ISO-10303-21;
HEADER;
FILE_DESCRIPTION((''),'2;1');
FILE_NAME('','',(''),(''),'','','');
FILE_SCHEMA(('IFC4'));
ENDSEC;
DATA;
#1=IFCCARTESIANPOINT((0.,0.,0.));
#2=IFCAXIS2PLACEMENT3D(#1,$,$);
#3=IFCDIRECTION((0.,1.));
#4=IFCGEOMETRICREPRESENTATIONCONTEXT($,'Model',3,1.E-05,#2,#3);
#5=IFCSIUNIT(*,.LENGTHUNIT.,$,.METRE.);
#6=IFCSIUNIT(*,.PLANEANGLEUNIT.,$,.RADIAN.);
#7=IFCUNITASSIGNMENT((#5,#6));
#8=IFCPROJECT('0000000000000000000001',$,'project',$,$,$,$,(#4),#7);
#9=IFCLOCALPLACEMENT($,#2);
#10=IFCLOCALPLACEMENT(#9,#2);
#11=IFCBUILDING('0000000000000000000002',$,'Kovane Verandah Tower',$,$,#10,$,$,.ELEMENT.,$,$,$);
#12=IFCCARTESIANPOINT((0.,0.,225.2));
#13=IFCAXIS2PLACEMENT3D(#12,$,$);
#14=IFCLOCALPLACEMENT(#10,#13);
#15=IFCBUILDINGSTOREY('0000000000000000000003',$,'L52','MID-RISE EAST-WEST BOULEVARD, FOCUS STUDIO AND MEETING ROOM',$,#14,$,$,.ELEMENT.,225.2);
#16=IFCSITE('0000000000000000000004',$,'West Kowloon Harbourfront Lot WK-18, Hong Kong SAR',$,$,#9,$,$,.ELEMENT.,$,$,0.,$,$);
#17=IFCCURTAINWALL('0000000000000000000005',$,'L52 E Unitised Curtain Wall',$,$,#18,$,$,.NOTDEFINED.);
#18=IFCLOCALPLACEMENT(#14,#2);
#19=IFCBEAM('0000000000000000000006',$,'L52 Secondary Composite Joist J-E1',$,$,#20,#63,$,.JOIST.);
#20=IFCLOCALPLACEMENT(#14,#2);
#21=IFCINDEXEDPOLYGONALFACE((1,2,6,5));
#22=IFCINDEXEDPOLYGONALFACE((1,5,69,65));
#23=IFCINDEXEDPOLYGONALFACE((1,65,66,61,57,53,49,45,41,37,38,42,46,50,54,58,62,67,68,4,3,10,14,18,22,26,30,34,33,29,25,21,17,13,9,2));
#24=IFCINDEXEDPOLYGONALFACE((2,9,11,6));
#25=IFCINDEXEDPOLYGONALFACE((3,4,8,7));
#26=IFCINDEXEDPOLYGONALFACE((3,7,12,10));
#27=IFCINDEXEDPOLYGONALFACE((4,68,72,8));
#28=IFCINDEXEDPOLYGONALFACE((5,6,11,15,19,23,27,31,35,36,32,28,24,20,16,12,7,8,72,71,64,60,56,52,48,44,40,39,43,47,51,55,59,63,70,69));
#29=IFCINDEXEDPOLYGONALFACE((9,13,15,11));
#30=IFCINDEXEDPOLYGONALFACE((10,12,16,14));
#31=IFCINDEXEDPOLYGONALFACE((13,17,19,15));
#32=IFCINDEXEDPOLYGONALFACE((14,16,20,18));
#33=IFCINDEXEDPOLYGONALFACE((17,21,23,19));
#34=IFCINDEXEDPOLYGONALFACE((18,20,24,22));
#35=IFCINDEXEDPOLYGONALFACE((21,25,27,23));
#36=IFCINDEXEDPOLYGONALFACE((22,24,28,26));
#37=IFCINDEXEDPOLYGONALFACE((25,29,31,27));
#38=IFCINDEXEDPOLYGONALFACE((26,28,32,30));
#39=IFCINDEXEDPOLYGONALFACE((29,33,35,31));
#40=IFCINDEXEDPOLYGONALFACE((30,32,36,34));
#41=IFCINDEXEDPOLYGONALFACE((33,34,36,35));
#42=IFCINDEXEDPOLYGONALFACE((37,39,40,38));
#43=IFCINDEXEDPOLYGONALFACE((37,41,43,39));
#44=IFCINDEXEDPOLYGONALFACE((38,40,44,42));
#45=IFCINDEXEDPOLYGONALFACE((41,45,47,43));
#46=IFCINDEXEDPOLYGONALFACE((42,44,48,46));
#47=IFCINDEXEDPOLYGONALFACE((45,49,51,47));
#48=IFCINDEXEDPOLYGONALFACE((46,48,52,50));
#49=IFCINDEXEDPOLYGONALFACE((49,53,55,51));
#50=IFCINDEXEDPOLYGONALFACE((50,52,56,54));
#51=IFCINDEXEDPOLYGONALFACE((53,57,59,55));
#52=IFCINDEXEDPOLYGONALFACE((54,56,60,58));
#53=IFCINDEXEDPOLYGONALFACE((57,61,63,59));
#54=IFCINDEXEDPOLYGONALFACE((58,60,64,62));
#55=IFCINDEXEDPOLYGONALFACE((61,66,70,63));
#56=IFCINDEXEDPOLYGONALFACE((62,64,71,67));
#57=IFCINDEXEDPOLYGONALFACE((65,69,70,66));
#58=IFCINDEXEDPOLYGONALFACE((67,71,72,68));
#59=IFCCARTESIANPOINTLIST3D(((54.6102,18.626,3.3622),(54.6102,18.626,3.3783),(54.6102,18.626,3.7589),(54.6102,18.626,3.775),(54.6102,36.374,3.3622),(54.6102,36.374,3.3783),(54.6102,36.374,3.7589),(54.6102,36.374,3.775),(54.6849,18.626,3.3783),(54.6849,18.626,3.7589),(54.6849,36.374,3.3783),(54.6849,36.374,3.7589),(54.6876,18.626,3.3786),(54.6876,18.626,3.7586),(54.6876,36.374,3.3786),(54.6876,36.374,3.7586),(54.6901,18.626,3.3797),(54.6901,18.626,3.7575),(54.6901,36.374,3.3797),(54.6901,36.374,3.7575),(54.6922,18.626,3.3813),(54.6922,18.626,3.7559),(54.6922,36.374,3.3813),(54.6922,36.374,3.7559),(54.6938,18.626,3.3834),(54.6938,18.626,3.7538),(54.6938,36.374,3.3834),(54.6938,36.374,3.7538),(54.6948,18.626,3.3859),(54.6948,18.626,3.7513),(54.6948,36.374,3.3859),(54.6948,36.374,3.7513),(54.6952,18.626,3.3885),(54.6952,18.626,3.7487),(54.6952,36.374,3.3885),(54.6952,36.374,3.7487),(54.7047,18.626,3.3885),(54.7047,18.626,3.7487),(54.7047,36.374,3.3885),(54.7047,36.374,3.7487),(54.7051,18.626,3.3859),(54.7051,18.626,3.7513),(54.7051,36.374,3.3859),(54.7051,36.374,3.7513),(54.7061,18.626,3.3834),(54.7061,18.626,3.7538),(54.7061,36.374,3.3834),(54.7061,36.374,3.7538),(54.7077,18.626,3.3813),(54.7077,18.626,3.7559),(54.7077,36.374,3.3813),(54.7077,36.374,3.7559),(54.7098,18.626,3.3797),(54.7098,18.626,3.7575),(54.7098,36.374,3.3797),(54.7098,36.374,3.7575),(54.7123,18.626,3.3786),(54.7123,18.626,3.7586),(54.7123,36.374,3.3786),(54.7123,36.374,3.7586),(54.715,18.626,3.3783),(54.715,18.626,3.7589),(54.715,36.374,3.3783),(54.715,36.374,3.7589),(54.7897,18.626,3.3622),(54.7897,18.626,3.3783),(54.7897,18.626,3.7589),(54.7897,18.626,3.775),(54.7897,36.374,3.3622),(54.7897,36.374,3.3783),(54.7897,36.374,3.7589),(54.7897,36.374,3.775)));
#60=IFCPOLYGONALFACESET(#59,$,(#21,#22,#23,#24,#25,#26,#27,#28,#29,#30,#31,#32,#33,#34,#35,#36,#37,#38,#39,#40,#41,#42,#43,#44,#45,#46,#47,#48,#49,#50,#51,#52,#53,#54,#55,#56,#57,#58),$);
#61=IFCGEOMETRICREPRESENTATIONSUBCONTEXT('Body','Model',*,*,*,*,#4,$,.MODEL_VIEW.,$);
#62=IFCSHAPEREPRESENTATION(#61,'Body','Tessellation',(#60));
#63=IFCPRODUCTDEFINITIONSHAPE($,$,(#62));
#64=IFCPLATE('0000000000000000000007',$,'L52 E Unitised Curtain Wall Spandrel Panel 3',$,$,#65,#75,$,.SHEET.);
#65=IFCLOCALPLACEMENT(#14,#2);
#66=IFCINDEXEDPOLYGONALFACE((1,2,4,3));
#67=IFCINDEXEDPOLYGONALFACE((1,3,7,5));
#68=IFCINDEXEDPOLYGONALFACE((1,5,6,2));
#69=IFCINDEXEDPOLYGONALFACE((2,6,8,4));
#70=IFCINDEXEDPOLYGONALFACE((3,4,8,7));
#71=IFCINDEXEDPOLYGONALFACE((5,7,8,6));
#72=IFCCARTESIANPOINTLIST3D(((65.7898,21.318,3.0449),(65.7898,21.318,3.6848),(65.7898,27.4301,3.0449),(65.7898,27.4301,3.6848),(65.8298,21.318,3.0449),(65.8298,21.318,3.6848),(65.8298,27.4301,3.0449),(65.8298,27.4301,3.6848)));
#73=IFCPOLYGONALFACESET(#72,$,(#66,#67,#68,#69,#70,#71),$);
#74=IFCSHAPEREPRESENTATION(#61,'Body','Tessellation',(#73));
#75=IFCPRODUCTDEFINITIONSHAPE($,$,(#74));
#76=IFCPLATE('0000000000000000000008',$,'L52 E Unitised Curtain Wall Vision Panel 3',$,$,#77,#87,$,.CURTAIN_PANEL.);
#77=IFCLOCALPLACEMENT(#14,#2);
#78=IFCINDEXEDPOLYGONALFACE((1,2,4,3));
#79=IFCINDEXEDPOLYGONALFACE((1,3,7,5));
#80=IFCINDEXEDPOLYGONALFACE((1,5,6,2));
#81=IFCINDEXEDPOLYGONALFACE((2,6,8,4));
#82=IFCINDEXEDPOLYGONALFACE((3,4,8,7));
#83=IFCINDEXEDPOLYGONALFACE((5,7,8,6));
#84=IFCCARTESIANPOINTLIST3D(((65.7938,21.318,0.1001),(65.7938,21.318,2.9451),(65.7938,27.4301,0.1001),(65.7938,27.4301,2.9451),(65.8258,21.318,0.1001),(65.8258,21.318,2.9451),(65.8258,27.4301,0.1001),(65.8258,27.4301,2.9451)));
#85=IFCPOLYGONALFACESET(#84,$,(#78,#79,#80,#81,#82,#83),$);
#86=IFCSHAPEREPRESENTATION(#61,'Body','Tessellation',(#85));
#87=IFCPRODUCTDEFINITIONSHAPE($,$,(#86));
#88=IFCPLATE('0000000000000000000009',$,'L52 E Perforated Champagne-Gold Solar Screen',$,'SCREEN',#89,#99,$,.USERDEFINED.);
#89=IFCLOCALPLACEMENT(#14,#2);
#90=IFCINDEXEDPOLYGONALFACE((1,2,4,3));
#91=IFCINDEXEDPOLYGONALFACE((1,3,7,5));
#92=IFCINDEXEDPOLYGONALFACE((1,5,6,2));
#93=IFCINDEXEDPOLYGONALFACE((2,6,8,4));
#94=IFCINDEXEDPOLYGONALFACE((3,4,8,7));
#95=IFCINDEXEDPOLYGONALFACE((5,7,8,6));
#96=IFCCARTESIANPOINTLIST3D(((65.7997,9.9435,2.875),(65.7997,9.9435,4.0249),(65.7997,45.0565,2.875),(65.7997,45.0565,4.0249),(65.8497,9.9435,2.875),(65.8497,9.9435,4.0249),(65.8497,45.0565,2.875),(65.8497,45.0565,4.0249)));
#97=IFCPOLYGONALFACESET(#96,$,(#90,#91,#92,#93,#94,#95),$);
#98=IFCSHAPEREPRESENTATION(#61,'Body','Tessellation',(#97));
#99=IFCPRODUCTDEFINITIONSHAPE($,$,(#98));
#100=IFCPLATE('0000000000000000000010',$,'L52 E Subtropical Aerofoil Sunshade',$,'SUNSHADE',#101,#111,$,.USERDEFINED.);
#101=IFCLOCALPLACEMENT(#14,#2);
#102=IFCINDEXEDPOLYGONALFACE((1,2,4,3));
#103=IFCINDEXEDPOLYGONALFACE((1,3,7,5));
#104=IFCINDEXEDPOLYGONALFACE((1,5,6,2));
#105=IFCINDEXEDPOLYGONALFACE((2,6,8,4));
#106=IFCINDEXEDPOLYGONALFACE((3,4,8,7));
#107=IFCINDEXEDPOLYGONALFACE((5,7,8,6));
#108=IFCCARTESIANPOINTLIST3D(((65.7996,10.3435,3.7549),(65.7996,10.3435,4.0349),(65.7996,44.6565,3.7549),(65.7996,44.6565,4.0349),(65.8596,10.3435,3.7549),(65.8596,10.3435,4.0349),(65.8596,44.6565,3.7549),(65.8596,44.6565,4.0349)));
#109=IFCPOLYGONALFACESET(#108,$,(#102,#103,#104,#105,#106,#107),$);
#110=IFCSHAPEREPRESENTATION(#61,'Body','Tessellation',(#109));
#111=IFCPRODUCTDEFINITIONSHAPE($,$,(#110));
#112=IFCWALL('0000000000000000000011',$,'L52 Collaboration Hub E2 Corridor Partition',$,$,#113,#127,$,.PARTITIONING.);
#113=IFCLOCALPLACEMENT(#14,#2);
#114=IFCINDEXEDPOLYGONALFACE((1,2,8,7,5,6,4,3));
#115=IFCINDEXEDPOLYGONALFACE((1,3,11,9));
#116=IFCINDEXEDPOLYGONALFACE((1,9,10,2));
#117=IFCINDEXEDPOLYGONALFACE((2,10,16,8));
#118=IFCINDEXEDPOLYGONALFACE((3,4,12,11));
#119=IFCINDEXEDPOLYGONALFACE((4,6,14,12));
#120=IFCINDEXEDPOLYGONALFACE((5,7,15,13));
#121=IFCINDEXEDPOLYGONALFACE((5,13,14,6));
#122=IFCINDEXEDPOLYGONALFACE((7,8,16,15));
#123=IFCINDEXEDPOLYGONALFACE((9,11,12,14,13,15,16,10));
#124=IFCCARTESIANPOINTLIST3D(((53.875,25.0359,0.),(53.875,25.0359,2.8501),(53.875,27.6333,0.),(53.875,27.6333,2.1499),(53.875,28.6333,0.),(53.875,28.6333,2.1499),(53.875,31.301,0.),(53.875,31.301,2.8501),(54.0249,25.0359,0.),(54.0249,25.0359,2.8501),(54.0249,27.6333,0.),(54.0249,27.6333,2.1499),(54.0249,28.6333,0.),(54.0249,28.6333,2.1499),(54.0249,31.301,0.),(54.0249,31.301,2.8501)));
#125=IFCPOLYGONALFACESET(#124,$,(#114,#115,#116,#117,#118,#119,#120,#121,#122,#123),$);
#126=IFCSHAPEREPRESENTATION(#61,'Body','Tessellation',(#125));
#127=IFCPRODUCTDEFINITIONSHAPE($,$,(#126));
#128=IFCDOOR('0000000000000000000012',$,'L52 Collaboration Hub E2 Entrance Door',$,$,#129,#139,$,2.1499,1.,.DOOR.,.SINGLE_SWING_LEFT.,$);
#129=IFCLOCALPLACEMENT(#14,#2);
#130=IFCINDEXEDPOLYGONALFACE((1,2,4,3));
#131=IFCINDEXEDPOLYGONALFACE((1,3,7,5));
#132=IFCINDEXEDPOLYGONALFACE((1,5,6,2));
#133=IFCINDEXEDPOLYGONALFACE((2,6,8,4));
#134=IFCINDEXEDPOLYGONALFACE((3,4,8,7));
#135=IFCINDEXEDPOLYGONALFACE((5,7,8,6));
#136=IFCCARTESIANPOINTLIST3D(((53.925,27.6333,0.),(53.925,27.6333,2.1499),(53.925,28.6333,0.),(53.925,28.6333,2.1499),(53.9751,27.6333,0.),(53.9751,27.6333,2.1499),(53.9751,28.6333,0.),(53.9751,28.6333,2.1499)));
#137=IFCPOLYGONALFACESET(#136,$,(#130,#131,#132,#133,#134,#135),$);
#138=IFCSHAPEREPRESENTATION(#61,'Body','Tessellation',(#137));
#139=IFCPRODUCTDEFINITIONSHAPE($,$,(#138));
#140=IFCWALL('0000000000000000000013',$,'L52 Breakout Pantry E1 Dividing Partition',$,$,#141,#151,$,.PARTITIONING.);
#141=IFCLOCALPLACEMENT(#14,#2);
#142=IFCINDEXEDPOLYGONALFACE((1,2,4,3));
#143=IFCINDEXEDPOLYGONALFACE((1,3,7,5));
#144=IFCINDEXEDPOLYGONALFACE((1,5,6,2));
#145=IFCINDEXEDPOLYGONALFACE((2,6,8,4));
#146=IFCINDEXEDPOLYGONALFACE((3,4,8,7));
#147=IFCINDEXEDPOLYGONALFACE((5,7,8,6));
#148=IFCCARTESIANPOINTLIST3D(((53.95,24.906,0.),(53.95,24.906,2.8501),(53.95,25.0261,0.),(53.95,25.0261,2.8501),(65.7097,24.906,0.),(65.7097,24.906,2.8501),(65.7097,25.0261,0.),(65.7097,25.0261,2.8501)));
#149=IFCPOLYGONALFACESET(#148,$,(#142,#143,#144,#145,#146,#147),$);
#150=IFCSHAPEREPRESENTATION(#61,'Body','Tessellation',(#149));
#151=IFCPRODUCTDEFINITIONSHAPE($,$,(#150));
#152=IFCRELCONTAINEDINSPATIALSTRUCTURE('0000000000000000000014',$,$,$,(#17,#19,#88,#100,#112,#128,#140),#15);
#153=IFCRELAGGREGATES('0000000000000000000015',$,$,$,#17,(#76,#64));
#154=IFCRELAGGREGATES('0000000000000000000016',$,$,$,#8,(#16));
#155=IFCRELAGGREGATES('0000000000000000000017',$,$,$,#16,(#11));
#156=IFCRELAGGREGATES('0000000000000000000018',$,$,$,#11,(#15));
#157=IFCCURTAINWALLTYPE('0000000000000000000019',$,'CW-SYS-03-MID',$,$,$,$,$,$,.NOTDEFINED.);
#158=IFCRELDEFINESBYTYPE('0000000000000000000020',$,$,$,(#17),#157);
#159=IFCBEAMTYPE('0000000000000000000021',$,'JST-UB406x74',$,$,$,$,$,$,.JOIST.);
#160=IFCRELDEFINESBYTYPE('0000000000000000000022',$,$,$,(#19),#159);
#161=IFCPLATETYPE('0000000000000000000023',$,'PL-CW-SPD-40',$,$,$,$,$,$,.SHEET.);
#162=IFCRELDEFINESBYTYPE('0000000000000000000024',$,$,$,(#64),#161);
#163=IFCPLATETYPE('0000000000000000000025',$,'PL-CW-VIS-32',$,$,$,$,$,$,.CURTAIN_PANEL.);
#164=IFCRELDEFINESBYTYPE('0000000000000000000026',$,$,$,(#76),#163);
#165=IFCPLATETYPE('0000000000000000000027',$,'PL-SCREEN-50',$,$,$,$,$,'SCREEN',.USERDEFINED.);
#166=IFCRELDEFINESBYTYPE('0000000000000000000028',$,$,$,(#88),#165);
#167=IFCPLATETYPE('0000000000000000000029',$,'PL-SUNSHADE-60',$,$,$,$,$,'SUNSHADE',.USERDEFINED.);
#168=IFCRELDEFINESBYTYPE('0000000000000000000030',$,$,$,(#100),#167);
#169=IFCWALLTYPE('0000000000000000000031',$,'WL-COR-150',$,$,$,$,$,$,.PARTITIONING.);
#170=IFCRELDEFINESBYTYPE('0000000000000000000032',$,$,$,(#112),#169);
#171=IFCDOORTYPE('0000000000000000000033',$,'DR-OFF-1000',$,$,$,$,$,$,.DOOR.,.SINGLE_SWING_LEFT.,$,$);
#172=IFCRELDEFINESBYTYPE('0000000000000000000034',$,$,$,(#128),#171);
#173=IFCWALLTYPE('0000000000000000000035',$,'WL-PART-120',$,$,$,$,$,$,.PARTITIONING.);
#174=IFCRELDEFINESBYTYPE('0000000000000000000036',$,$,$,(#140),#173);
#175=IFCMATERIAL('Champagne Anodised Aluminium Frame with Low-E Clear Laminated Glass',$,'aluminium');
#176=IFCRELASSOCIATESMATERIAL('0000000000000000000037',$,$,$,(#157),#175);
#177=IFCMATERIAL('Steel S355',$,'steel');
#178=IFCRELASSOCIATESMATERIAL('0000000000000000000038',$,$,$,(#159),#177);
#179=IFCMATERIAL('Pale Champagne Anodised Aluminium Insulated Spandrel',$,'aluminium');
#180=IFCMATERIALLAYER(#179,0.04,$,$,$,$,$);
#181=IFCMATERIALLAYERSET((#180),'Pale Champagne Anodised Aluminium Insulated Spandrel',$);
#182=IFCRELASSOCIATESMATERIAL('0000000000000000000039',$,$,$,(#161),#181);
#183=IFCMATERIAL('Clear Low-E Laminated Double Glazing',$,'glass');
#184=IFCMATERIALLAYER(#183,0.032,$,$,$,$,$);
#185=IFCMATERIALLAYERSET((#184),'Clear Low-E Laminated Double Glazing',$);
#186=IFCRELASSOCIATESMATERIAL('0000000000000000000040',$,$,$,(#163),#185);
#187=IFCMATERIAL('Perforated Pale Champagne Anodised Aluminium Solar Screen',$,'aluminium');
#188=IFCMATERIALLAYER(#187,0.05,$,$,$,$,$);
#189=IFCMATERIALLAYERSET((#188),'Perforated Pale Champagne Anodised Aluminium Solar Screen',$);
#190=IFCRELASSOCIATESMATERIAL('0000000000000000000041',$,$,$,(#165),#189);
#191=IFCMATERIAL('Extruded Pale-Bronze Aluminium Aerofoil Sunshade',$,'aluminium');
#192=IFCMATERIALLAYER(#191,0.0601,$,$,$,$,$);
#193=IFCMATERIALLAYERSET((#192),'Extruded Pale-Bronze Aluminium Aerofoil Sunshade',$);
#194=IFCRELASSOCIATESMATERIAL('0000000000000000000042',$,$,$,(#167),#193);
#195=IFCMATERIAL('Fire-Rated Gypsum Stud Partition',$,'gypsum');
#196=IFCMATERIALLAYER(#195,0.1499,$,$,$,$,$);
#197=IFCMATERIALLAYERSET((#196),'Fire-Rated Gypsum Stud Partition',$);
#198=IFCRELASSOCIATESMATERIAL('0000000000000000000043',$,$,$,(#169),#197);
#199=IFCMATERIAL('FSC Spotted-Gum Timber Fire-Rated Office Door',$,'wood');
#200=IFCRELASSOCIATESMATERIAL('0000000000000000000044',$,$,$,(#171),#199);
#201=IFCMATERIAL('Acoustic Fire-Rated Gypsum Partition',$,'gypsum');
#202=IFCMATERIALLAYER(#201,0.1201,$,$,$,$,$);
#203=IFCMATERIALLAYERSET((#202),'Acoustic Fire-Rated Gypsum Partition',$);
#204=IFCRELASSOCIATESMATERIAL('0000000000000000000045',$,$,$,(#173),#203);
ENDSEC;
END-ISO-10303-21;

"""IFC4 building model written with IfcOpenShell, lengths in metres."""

from ifc_helpers import new_model, si_unit, direction, frame, frame_2d, origin, origin_2d, place, context, subcontext, project, spatial, rectangle, i_section, extrude, material, layer, layer_set, material_profile, profile_set, type_object, element, fill, aggregate, save


model = new_model("IFC4")

# Units and contexts
model_context = context("Model", 3, precision=1e-05, world=origin(), true_north=direction((0.0, 1.0)))
body_context = subcontext(model_context, "Body", "Model", "MODEL_VIEW")
ifc_project = project(units=[si_unit("LENGTHUNIT", "METRE"), si_unit("PLANEANGLEUNIT", "RADIAN")], contexts=[model_context])

# Site, building, storey
site_placement = place(None, origin())
site = spatial("IfcSite", under=ifc_project, at=site_placement, Name="West Kowloon Harbourfront Lot WK-18, Hong Kong SAR", CompositionType="ELEMENT", RefElevation=0.0)
building_placement = place(site_placement, origin())
building = spatial("IfcBuilding", under=site, at=building_placement, Name="Kovane Verandah Tower", CompositionType="ELEMENT")
storey_placement = place(building_placement, frame((0.0, 0.0, 225.2)))
storey = spatial("IfcBuildingStorey", under=building, at=storey_placement, Name="L52", Description="MID-RISE EAST-WEST BOULEVARD, FOCUS STUDIO AND MEETING ROOM", CompositionType="ELEMENT", Elevation=225.2)

# Shared definitions
ifc_material_1 = material(Name="Steel S355", Category="steel")

# Curtain wall
ifc_material_2 = material(Name="Champagne Anodised Aluminium Frame with Low-E Clear Laminated Glass", Category="aluminium")
curtain_wall_type = type_object("IfcCurtainWallType", Name="CW-SYS-03-MID", PredefinedType="NOTDEFINED", material=ifc_material_2)
curtain_wall_placement = place(storey_placement, origin())
curtain_wall = element("IfcCurtainWall", 1, at=curtain_wall_placement, inside=storey, type_object=curtain_wall_type, Name="L52 E Unitised Curtain Wall", PredefinedType="NOTDEFINED")

# Beam
ifc_material_profile_1 = material_profile(ifc_material_1, i_section(OverallWidth=0.1794, OverallDepth=0.4128, WebThickness=0.0095, FlangeThickness=0.0161, FilletRadius=0.0103, at=origin_2d()), Name="UB406x178x74")
ifc_profile_set_1 = profile_set([ifc_material_profile_1], Name="Steel S355")
beam_type_1 = type_object("IfcBeamType", Name="JST-UB406x74", PredefinedType="JOIST", material=ifc_profile_set_1)
beam_1_placement = place(storey_placement, frame((54.7, 18.626, 3.5686), z_axis=(0.0, 1.0, 0.0), x_axis=(-1.0, 0.0, 0.0)))
element("IfcBeam", 2, at=beam_1_placement, inside=storey, type_object=beam_type_1, Name="L52 Secondary Composite Joist J-E1", PredefinedType="JOIST", context=body_context, shape_type="SweptSolid", body=[
    extrude(i_section(OverallWidth=0.1794, OverallDepth=0.4128, WebThickness=0.0095, FlangeThickness=0.0161, FilletRadius=0.0103, at=origin_2d()), origin(), (0.0, 0.0, 1.0), 17.748),
])

# Plates
ifc_material_3 = material(Name="Pale Champagne Anodised Aluminium Insulated Spandrel", Category="aluminium")
ifc_layer_1 = layer(ifc_material_3, 0.04)
ifc_layer_set_1 = layer_set([ifc_layer_1], Name="Pale Champagne Anodised Aluminium Insulated Spandrel")
plate_type_1 = type_object("IfcPlateType", Name="PL-CW-SPD-40", PredefinedType="SHEET", material=ifc_layer_set_1)
plate_1_placement = place(storey_placement, frame((65.8098, 24.374, 3.0449), z_axis=(0.0, 0.0, 1.0), x_axis=(0.0, 1.0, 0.0)))
plate_1 = element("IfcPlate", 3, at=plate_1_placement, type_object=plate_type_1, Name="L52 E Unitised Curtain Wall Spandrel Panel 3", PredefinedType="SHEET", context=body_context, shape_type="SweptSolid", body=[
    extrude(rectangle(XDim=6.1121, YDim=0.04, at=origin_2d()), origin(), (0.0, 0.0, 1.0), 0.6399),
])
ifc_material_4 = material(Name="Clear Low-E Laminated Double Glazing", Category="glass")
ifc_layer_2 = layer(ifc_material_4, 0.032)
ifc_layer_set_2 = layer_set([ifc_layer_2], Name="Clear Low-E Laminated Double Glazing")
plate_type_2 = type_object("IfcPlateType", Name="PL-CW-VIS-32", PredefinedType="CURTAIN_PANEL", material=ifc_layer_set_2)
plate_2_placement = place(storey_placement, frame((65.8098, 24.374, 0.1001), z_axis=(0.0, 0.0, 1.0), x_axis=(0.0, 1.0, 0.0)))
plate_2 = element("IfcPlate", 4, at=plate_2_placement, type_object=plate_type_2, Name="L52 E Unitised Curtain Wall Vision Panel 3", PredefinedType="CURTAIN_PANEL", context=body_context, shape_type="SweptSolid", body=[
    extrude(rectangle(XDim=6.1121, YDim=0.032, at=origin_2d()), origin(), (0.0, 0.0, 1.0), 2.845),
])
aggregate(curtain_wall, [plate_2, plate_1])

# Plates
ifc_material_5 = material(Name="Perforated Pale Champagne Anodised Aluminium Solar Screen", Category="aluminium")
ifc_layer_3 = layer(ifc_material_5, 0.05)
ifc_layer_set_3 = layer_set([ifc_layer_3], Name="Perforated Pale Champagne Anodised Aluminium Solar Screen")
plate_type_3 = type_object("IfcPlateType", Name="PL-SCREEN-50", ElementType="SCREEN", PredefinedType="USERDEFINED", material=ifc_layer_set_3)
plate_3_placement = place(storey_placement, frame((65.8247, 27.5, 2.875), z_axis=(0.0, 0.0, 1.0), x_axis=(0.0, 1.0, 0.0)))
element("IfcPlate", 5, at=plate_3_placement, inside=storey, type_object=plate_type_3, Name="L52 E Perforated Champagne-Gold Solar Screen", ObjectType="SCREEN", PredefinedType="USERDEFINED", context=body_context, shape_type="SweptSolid", body=[
    extrude(rectangle(XDim=35.113, YDim=0.05, at=origin_2d()), origin(), (0.0, 0.0, 1.0), 1.1499),
])
ifc_material_6 = material(Name="Extruded Pale-Bronze Aluminium Aerofoil Sunshade", Category="aluminium")
ifc_layer_4 = layer(ifc_material_6, 0.0601)
ifc_layer_set_4 = layer_set([ifc_layer_4], Name="Extruded Pale-Bronze Aluminium Aerofoil Sunshade")
plate_type_4 = type_object("IfcPlateType", Name="PL-SUNSHADE-60", ElementType="SUNSHADE", PredefinedType="USERDEFINED", material=ifc_layer_set_4)
plate_4_placement = place(storey_placement, frame((65.8296, 27.5, 3.7549), z_axis=(0.0, 0.0, 1.0), x_axis=(0.0, 1.0, 0.0)))
element("IfcPlate", 6, at=plate_4_placement, inside=storey, type_object=plate_type_4, Name="L52 E Subtropical Aerofoil Sunshade", ObjectType="SUNSHADE", PredefinedType="USERDEFINED", context=body_context, shape_type="SweptSolid", body=[
    extrude(rectangle(XDim=34.313, YDim=0.0601, at=origin_2d()), origin(), (0.0, 0.0, 1.0), 0.28),
])

# Wall, opening, door
ifc_material_7 = material(Name="Fire-Rated Gypsum Stud Partition", Category="gypsum")
ifc_layer_5 = layer(ifc_material_7, 0.1499)
ifc_layer_set_5 = layer_set([ifc_layer_5], Name="Fire-Rated Gypsum Stud Partition")
wall_type_1 = type_object("IfcWallType", Name="WL-COR-150", PredefinedType="PARTITIONING", material=ifc_layer_set_5)
wall_1_placement = place(storey_placement, frame((53.95, 25.0359, 0.0), z_axis=(0.0, 0.0, 1.0), x_axis=(0.0, 1.0, 0.0)))
wall_1 = element("IfcWall", 7, at=wall_1_placement, inside=storey, type_object=wall_type_1, Name="L52 Collaboration Hub E2 Corridor Partition", PredefinedType="PARTITIONING", context=body_context, shape_type="SweptSolid", body=[
    extrude(rectangle(XDim=6.2651, YDim=0.1499, at=frame_2d((3.1326, 0.0))), origin(), (0.0, 0.0, 1.0), 2.8501),
])
opening_1_placement = place(wall_1_placement, frame((2.5974, 0.0, 0.0)))
opening_1 = element("IfcOpeningElement", 8, at=opening_1_placement, cuts=wall_1, PredefinedType="OPENING", context=body_context, shape_type="SweptSolid", body=[
    extrude(rectangle(XDim=1.0, YDim=2.1499, at=frame_2d((0.5, 1.075))), frame((0.0, 0.075, 0.0), z_axis=(0.0, -1.0, 0.0), x_axis=(1.0, 0.0, 0.0)), (0.0, 0.0, 1.0), 0.1499),
])
ifc_material_8 = material(Name="FSC Spotted-Gum Timber Fire-Rated Office Door", Category="wood")
door_type_1 = type_object("IfcDoorType", Name="DR-OFF-1000", OperationType="SINGLE_SWING_LEFT", PredefinedType="DOOR", material=ifc_material_8)
door_1_placement = place(opening_1_placement, origin())
door_1 = element("IfcDoor", 9, at=door_1_placement, inside=storey, type_object=door_type_1, Name="L52 Collaboration Hub E2 Entrance Door", OperationType="SINGLE_SWING_LEFT", OverallHeight=2.1499, OverallWidth=1.0, PredefinedType="DOOR", context=body_context, shape_type="SweptSolid", body=[
    extrude(rectangle(XDim=1.0, YDim=2.1499, at=frame_2d((0.5, 1.075))), frame((0.0, 0.0249, 0.0), z_axis=(0.0, -1.0, 0.0), x_axis=(1.0, 0.0, 0.0)), (0.0, 0.0, 1.0), 0.05),
])
fill(opening_1, door_1)

# Wall
ifc_material_9 = material(Name="Acoustic Fire-Rated Gypsum Partition", Category="gypsum")
ifc_layer_6 = layer(ifc_material_9, 0.1201)
ifc_layer_set_6 = layer_set([ifc_layer_6], Name="Acoustic Fire-Rated Gypsum Partition")
wall_type_2 = type_object("IfcWallType", Name="WL-PART-120", PredefinedType="PARTITIONING", material=ifc_layer_set_6)
wall_2_placement = place(storey_placement, frame((53.95, 24.9661, 0.0), z_axis=(0.0, 0.0, 1.0), x_axis=(1.0, 0.0, 0.0)))
element("IfcWall", 10, at=wall_2_placement, inside=storey, type_object=wall_type_2, Name="L52 Breakout Pantry E1 Dividing Partition", PredefinedType="PARTITIONING", context=body_context, shape_type="SweptSolid", body=[
    extrude(rectangle(XDim=11.7598, YDim=0.1201, at=frame_2d((5.8799, 0.0))), origin(), (0.0, 0.0, 1.0), 2.8501),
])

save(model, "model.ifc")
